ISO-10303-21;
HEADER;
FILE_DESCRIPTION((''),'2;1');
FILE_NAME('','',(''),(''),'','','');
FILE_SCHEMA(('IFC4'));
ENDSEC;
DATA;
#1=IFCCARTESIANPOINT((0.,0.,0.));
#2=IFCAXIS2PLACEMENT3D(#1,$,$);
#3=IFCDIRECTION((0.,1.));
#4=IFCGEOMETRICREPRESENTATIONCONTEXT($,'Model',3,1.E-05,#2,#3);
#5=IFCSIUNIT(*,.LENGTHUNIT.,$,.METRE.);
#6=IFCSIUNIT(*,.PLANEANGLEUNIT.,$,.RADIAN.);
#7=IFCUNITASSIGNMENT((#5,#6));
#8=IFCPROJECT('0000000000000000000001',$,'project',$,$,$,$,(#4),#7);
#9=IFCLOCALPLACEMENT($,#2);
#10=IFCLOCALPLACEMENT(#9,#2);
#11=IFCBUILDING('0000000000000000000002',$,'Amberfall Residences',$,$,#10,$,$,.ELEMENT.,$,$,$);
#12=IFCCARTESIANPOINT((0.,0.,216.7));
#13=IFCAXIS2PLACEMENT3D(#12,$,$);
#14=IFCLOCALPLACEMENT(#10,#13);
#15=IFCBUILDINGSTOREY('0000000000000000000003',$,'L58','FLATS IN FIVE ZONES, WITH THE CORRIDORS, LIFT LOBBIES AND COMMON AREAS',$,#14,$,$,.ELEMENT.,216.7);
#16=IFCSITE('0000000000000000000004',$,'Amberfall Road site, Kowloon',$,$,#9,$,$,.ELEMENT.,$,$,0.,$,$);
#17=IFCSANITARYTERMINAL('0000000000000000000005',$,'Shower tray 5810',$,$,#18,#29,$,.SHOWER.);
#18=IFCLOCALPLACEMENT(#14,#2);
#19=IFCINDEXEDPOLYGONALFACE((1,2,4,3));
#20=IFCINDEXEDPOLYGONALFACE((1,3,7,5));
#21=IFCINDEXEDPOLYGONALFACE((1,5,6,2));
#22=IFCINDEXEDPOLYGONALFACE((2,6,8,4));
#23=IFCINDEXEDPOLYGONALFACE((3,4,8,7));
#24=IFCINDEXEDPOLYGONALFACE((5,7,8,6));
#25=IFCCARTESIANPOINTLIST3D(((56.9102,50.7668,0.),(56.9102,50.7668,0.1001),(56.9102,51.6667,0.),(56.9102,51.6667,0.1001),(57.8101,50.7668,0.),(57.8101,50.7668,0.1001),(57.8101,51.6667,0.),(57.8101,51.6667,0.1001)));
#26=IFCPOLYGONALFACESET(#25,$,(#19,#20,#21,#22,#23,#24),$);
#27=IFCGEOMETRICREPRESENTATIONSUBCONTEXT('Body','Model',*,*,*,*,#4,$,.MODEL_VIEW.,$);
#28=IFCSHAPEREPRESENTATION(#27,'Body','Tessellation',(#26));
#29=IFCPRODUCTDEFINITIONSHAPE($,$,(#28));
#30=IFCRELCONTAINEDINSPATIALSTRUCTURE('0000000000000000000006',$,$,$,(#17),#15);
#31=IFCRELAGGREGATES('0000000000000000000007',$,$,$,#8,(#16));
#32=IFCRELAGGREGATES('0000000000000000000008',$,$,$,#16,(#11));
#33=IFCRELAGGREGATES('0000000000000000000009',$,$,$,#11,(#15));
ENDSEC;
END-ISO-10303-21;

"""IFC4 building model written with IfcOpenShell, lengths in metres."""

from ifc_helpers import new_model, si_unit, direction, frame, origin, origin_2d, place, context, subcontext, project, spatial, rectangle, extrude, element, save


model = new_model("IFC4")

# Units and contexts
model_context = context("Model", 3, precision=1e-05, world=origin(), true_north=direction((0.0, 1.0)))
body_context = subcontext(model_context, "Body", "Model", "MODEL_VIEW")
ifc_project = project(units=[si_unit("LENGTHUNIT", "METRE"), si_unit("PLANEANGLEUNIT", "RADIAN")], contexts=[model_context])

# Site, building, storey
site_placement = place(None, origin())
site = spatial("IfcSite", under=ifc_project, at=site_placement, Name="Amberfall Road site, Kowloon", CompositionType="ELEMENT", RefElevation=0.0)
building_placement = place(site_placement, origin())
building = spatial("IfcBuilding", under=site, at=building_placement, Name="Amberfall Residences", CompositionType="ELEMENT")
storey_placement = place(building_placement, frame((0.0, 0.0, 216.7)))
storey = spatial("IfcBuildingStorey", under=building, at=storey_placement, Name="L58", Description="FLATS IN FIVE ZONES, WITH THE CORRIDORS, LIFT LOBBIES AND COMMON AREAS", CompositionType="ELEMENT", Elevation=216.7)

# Sanitary terminal
sanitary_terminal_placement = place(storey_placement, frame((57.3601, 51.2168, 0.0), z_axis=(0.0, 0.0, 1.0), x_axis=(1.0, 0.0, 0.0)))
element("IfcSanitaryTerminal", 1, at=sanitary_terminal_placement, inside=storey, Name="Shower tray 5810", PredefinedType="SHOWER", context=body_context, shape_type="SweptSolid", body=[
    extrude(rectangle(XDim=0.8999, YDim=0.8999, at=origin_2d()), origin(), (0.0, 0.0, 1.0), 0.1001),
])

save(model, "model.ifc")
